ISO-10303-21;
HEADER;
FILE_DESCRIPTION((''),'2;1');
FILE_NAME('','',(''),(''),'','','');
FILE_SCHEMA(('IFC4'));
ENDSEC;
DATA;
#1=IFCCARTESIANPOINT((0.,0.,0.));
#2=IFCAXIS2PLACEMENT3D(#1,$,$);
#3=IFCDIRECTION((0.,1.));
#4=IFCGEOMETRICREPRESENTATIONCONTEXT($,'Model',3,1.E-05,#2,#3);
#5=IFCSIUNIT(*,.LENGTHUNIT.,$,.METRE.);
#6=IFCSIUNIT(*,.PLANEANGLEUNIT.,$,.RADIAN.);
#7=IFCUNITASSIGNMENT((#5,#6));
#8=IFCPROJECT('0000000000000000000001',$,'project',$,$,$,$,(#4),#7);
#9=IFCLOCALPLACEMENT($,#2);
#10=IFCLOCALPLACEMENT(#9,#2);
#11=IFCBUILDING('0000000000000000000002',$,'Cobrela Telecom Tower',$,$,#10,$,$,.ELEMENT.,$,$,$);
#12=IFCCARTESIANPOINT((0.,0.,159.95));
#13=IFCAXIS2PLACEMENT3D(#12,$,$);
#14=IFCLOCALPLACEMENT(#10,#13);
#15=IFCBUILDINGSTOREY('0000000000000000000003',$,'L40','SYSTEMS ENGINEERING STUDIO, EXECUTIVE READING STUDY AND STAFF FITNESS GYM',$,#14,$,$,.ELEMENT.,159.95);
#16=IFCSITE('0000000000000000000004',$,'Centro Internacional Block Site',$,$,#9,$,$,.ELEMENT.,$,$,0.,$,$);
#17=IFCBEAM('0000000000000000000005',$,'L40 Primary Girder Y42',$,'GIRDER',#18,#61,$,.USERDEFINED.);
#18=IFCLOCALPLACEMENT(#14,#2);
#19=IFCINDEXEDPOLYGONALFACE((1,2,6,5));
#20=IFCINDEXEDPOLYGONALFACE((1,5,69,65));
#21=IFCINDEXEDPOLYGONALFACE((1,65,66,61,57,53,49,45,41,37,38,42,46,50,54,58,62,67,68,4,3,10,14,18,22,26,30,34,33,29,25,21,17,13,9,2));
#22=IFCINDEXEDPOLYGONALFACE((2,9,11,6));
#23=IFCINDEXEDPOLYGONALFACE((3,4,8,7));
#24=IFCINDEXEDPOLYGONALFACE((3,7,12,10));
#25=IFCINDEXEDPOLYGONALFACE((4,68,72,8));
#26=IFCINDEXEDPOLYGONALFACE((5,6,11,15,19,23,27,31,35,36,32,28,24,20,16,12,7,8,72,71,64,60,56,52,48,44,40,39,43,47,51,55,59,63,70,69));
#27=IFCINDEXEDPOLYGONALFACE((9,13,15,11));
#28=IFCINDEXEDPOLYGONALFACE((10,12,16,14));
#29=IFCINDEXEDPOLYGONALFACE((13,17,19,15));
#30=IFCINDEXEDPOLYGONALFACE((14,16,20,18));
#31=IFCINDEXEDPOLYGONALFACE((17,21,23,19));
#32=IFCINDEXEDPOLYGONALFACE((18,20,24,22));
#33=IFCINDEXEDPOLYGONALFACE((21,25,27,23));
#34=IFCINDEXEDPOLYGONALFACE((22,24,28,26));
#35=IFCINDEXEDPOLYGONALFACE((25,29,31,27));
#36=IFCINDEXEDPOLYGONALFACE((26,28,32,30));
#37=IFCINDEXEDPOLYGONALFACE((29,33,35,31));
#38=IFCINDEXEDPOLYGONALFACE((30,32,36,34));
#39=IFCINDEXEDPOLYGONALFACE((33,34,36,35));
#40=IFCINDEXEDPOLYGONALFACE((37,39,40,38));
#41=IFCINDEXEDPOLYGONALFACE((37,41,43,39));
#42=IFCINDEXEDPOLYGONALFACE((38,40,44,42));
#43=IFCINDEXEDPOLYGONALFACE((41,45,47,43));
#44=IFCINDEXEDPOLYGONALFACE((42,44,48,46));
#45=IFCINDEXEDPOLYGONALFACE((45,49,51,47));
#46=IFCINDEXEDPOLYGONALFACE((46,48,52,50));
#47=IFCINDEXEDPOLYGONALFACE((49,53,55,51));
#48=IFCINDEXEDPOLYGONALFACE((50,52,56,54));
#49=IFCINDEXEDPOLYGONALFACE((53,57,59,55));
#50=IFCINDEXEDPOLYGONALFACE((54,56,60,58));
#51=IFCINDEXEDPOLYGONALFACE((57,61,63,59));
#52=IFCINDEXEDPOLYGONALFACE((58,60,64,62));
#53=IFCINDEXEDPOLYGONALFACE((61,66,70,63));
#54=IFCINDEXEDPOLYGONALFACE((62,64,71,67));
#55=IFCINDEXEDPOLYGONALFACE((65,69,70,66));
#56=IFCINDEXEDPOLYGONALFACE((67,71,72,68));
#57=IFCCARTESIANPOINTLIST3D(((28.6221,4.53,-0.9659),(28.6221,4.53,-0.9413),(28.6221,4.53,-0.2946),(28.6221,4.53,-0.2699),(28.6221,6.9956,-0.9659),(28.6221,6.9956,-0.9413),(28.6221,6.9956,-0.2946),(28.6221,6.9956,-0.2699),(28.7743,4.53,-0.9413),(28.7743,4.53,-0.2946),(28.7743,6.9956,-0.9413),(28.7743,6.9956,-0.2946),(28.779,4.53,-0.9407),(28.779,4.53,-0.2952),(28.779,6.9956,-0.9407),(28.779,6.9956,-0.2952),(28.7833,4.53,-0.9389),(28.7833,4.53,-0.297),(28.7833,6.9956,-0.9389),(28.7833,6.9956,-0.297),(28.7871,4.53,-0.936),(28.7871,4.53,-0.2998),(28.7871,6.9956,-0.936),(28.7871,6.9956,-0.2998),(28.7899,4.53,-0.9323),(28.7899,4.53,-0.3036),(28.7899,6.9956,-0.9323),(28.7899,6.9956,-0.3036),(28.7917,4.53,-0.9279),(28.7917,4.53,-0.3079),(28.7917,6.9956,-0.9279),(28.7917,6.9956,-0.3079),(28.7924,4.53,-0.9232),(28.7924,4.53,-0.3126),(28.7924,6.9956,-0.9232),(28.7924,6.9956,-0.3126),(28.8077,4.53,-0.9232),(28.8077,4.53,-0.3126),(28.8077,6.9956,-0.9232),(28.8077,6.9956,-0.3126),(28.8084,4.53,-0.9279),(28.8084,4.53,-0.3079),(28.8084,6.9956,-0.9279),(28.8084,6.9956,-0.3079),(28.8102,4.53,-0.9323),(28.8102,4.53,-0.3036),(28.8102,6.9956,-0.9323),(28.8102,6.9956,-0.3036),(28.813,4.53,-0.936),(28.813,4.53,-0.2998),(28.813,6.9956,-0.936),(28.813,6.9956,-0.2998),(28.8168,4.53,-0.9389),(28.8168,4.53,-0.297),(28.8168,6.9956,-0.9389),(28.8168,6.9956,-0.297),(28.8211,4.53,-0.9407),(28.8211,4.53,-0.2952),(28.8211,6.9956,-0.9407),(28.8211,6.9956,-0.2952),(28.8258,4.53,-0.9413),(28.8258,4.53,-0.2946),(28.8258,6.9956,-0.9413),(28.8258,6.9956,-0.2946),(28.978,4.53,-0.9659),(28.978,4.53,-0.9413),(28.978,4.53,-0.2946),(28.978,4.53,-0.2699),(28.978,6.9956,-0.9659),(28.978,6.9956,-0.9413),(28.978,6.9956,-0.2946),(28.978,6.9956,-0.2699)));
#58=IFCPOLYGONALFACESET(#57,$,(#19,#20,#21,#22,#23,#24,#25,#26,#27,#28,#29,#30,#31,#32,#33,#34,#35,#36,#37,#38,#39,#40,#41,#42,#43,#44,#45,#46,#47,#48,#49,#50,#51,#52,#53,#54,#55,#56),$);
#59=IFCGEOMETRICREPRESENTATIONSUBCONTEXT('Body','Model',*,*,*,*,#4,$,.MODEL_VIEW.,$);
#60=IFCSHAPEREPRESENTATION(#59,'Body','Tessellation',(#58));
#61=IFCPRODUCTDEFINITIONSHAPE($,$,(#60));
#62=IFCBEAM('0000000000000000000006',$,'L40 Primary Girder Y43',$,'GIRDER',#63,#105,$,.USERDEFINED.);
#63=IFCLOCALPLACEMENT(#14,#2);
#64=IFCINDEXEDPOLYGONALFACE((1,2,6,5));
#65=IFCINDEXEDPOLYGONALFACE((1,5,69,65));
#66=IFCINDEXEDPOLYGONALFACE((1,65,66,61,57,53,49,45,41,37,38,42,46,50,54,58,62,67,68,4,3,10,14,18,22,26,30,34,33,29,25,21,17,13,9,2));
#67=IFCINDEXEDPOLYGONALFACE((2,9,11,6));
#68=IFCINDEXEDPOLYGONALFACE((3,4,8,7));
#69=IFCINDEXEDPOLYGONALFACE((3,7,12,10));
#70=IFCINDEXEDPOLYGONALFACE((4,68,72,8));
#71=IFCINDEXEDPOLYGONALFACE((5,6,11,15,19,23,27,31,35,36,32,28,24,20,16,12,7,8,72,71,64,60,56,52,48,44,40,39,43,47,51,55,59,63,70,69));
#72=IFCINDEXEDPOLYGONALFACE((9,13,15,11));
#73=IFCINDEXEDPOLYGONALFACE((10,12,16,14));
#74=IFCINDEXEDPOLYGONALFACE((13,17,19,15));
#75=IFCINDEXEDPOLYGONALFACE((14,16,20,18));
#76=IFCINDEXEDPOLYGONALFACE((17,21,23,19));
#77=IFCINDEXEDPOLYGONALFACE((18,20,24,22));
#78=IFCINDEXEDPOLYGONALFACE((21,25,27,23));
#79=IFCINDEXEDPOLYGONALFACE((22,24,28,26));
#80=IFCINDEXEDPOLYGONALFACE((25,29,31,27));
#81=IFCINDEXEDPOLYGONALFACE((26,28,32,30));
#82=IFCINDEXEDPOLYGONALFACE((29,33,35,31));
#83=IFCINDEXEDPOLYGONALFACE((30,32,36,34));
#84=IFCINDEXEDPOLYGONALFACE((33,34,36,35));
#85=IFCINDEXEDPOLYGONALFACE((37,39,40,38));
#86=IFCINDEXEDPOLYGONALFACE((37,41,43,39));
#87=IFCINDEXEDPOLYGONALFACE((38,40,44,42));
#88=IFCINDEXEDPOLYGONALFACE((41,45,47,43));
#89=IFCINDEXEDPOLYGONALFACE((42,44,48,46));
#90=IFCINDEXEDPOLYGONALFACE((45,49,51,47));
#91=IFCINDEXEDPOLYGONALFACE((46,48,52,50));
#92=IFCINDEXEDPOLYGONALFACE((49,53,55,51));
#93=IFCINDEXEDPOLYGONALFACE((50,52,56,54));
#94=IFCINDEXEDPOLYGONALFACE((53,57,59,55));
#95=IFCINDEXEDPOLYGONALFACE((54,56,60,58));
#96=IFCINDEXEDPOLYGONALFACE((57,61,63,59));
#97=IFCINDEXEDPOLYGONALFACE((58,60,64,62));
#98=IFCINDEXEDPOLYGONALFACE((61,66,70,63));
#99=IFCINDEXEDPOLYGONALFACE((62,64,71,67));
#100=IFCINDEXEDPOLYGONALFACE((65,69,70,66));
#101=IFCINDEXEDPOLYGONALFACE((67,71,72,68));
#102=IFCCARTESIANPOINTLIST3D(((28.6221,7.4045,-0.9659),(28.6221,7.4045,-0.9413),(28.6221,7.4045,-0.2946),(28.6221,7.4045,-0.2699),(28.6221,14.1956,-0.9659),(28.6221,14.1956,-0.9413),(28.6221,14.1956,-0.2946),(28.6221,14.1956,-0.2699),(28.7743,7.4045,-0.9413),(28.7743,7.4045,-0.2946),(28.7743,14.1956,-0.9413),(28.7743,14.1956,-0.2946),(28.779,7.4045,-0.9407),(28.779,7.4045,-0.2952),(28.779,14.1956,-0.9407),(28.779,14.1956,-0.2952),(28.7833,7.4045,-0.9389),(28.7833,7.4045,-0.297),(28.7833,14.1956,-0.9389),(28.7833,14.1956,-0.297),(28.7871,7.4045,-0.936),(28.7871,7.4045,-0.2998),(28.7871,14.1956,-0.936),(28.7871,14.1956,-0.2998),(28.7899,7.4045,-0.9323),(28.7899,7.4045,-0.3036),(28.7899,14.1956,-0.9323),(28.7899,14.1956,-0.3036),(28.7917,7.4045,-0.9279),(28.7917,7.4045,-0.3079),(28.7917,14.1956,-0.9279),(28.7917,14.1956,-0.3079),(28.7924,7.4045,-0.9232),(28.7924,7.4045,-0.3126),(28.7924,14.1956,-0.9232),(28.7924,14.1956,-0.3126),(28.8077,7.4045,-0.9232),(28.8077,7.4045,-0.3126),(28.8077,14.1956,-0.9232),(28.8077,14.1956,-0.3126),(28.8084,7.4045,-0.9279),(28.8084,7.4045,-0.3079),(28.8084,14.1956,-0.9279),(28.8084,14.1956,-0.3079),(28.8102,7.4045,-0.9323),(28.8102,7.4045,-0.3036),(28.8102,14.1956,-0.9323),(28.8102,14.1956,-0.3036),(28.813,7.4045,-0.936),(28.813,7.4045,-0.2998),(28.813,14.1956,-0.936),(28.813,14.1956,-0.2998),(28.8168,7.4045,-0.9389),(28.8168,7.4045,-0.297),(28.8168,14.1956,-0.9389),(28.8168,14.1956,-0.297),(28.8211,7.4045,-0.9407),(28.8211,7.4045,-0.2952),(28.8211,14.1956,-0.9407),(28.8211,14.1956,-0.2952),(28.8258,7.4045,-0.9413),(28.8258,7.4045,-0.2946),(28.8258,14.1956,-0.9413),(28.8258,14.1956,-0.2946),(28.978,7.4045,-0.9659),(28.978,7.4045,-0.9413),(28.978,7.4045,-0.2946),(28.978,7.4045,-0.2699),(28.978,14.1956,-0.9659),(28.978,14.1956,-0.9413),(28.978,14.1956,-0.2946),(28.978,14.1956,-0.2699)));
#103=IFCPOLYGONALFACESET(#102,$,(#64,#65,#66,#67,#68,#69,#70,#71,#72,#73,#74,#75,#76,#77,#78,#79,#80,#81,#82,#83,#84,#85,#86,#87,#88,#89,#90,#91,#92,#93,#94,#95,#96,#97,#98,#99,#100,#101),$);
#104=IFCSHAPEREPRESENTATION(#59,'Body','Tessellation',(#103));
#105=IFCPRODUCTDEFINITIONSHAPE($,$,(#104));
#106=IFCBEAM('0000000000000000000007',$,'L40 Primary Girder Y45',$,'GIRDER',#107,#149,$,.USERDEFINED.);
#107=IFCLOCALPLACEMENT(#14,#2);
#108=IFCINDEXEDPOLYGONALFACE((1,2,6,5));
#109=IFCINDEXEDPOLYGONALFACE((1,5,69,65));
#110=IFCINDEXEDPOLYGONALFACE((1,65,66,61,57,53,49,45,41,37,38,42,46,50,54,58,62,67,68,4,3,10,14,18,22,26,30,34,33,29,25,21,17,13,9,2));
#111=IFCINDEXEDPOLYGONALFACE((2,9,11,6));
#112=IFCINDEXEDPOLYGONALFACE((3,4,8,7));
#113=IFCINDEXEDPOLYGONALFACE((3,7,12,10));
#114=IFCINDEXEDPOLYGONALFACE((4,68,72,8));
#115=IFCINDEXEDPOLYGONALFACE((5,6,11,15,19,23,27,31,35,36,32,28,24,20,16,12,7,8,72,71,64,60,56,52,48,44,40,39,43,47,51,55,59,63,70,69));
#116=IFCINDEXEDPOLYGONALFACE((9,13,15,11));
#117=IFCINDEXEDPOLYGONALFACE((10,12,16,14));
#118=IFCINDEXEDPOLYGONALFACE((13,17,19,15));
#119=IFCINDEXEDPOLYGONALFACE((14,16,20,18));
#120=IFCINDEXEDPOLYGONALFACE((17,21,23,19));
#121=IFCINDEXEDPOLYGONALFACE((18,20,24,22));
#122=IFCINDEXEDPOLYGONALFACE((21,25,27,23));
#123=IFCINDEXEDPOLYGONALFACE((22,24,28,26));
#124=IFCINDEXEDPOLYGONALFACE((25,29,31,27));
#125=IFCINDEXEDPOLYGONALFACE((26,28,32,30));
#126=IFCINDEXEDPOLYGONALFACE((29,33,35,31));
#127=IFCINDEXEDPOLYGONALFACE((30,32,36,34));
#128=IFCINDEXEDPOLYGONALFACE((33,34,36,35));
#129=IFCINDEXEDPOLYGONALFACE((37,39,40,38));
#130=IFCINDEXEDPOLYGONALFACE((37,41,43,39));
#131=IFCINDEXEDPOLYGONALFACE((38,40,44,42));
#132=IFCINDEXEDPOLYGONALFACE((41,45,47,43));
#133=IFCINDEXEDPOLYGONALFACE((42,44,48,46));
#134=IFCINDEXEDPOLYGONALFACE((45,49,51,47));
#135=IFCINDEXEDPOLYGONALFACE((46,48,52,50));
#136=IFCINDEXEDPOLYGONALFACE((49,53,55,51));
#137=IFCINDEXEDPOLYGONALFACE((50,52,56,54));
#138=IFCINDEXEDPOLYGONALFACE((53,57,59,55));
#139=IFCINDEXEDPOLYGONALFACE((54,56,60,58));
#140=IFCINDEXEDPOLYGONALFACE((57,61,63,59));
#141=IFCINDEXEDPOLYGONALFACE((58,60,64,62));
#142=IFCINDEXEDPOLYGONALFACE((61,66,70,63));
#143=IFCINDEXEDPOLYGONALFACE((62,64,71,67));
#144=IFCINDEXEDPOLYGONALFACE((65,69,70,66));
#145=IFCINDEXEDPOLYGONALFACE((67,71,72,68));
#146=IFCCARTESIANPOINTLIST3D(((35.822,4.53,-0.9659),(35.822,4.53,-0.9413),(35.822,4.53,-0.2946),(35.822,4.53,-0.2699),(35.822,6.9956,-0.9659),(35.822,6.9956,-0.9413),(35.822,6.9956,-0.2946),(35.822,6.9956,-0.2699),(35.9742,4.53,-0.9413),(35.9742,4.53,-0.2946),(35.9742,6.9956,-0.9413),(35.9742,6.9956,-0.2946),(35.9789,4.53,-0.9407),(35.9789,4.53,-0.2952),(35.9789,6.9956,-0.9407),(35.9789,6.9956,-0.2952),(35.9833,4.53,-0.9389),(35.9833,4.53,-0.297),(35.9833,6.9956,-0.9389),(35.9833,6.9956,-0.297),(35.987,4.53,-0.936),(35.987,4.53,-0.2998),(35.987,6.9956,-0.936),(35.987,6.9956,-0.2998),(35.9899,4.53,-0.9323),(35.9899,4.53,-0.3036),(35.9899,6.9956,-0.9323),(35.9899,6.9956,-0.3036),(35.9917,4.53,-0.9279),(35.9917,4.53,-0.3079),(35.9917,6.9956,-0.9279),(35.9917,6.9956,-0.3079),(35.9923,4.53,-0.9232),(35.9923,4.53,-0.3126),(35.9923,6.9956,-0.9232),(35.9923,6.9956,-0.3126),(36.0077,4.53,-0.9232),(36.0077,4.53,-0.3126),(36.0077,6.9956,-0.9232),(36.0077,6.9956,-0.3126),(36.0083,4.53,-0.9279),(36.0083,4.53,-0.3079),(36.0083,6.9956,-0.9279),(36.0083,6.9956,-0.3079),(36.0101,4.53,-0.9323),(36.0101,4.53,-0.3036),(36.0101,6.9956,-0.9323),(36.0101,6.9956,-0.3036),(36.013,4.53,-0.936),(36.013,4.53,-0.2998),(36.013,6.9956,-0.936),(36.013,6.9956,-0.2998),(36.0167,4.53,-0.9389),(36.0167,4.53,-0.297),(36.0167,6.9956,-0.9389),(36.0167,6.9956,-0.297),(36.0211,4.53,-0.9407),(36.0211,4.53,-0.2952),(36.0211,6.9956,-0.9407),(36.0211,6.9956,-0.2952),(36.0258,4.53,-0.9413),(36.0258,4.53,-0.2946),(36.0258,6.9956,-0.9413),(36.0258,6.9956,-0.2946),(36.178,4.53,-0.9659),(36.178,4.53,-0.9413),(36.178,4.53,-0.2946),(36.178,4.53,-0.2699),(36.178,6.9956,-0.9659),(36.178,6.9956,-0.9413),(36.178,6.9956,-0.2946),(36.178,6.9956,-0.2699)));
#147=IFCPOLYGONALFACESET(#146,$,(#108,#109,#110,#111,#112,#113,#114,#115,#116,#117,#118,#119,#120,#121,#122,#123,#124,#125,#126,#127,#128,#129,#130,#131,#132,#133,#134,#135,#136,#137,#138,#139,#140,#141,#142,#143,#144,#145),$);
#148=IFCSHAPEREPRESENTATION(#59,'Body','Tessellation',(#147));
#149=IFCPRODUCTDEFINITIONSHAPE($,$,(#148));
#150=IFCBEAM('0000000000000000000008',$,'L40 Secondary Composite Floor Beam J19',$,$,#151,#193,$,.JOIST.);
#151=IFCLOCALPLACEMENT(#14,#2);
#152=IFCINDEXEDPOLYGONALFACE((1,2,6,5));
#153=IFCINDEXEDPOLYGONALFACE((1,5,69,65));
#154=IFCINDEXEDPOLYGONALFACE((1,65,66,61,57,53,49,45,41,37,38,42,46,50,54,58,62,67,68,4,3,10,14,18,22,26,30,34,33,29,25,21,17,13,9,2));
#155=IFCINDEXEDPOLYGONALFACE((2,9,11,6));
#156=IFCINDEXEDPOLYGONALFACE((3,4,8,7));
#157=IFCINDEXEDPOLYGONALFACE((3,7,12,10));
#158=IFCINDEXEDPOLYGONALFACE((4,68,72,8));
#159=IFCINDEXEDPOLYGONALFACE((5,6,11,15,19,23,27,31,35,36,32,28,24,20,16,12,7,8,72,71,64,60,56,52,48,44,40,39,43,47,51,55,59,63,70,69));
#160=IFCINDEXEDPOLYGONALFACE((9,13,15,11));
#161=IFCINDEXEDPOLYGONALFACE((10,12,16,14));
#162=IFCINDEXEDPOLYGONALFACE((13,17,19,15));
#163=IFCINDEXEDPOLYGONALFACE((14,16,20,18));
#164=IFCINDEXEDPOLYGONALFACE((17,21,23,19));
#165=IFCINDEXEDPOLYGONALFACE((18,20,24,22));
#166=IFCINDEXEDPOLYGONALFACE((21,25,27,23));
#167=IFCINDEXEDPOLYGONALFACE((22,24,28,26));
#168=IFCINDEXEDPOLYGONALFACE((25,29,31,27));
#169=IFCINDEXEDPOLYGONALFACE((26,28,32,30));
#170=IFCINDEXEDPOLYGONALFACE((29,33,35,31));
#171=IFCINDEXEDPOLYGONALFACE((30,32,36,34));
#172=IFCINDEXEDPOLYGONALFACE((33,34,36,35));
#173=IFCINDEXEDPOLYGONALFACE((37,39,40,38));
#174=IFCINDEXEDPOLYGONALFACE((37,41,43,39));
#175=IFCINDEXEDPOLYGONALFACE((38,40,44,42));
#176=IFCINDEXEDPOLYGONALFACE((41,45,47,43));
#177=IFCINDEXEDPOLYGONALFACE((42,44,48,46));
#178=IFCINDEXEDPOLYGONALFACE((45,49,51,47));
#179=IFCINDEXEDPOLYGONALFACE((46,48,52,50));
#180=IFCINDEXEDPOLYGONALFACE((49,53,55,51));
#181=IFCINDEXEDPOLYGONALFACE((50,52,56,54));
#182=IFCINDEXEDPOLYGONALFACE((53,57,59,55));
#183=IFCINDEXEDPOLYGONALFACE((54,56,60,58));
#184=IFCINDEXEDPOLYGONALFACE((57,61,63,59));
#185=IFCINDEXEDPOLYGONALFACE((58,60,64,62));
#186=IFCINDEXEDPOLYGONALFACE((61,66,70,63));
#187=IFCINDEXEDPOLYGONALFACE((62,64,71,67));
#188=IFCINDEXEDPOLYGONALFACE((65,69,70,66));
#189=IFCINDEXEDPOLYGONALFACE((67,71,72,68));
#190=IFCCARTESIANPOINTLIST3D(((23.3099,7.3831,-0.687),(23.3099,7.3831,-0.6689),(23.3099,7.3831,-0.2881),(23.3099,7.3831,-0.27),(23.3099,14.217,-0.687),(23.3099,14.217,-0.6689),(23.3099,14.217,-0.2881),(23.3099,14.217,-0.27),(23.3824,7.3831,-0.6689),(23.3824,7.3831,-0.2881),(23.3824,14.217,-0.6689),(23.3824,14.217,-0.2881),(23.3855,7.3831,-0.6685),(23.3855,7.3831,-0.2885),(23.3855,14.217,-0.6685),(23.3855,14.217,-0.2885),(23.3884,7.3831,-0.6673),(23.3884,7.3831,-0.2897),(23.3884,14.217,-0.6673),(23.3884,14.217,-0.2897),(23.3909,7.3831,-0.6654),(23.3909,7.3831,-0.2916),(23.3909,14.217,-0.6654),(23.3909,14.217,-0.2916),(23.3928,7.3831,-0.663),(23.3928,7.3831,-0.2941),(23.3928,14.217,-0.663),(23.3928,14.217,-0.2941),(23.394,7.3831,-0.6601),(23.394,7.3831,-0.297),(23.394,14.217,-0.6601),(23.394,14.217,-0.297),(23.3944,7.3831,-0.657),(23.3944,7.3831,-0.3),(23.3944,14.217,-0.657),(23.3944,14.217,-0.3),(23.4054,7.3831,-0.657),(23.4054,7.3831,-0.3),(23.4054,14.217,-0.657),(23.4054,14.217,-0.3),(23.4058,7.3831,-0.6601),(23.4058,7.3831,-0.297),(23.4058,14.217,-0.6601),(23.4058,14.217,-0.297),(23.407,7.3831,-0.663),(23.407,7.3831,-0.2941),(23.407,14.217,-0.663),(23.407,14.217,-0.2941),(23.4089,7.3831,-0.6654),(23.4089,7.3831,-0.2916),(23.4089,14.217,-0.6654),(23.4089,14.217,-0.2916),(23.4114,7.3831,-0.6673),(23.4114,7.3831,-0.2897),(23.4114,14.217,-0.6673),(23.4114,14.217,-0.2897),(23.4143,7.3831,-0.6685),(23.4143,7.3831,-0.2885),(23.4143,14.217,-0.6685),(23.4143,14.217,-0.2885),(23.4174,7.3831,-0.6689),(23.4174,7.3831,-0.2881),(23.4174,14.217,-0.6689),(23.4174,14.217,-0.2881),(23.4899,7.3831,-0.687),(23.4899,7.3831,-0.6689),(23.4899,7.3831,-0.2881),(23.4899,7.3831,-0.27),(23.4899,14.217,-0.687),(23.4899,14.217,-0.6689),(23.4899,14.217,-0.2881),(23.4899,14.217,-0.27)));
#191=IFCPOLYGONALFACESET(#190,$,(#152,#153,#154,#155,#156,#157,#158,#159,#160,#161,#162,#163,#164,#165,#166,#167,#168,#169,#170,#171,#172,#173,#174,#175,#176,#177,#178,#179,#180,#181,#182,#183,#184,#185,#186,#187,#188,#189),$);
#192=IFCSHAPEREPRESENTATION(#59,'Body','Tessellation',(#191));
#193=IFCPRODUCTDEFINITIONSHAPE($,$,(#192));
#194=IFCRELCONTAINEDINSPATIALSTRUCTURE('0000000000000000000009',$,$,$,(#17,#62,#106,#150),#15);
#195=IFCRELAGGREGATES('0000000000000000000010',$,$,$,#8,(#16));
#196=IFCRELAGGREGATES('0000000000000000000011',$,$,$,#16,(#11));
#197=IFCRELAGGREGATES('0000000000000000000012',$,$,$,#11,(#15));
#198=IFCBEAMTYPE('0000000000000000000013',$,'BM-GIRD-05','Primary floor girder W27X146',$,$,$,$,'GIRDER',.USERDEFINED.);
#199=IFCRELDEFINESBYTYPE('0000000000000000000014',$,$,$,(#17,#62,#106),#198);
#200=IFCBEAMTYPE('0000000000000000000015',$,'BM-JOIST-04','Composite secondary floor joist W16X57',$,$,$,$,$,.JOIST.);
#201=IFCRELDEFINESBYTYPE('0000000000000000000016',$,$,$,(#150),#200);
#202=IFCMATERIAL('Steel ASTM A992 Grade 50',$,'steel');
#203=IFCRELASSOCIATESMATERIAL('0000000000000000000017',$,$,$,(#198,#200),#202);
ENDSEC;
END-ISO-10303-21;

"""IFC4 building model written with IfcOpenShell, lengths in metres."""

from ifc_helpers import new_model, si_unit, direction, frame, origin, origin_2d, place, context, subcontext, project, spatial, i_section, extrude, material, material_profile, profile_set, type_object, element, save


model = new_model("IFC4")

# Units and contexts
model_context = context("Model", 3, precision=1e-05, world=origin(), true_north=direction((0.0, 1.0)))
body_context = subcontext(model_context, "Body", "Model", "MODEL_VIEW")
ifc_project = project(units=[si_unit("LENGTHUNIT", "METRE"), si_unit("PLANEANGLEUNIT", "RADIAN")], contexts=[model_context])

# Site, building, storey
site_placement = place(None, origin())
site = spatial("IfcSite", under=ifc_project, at=site_placement, Name="Centro Internacional Block Site", CompositionType="ELEMENT", RefElevation=0.0)
building_placement = place(site_placement, origin())
building = spatial("IfcBuilding", under=site, at=building_placement, Name="Cobrela Telecom Tower", CompositionType="ELEMENT")
storey_placement = place(building_placement, frame((0.0, 0.0, 159.95)))
storey = spatial("IfcBuildingStorey", under=building, at=storey_placement, Name="L40", Description="SYSTEMS ENGINEERING STUDIO, EXECUTIVE READING STUDY AND STAFF FITNESS GYM", CompositionType="ELEMENT", Elevation=159.95)

# Shared definitions
ifc_material_1 = material(Name="Steel ASTM A992 Grade 50", Category="steel")

# Beams
ifc_material_profile_1 = material_profile(ifc_material_1, i_section(OverallWidth=0.356, OverallDepth=0.696, WebThickness=0.0154, FlangeThickness=0.0247, FilletRadius=0.0181, at=origin_2d()), Name="W27X146")
ifc_profile_set_1 = profile_set([ifc_material_profile_1], Name="Steel ASTM A992 Grade 50")
beam_type_1 = type_object("IfcBeamType", Name="BM-GIRD-05", Description="Primary floor girder W27X146", ElementType="GIRDER", PredefinedType="USERDEFINED", material=ifc_profile_set_1)
beam_1_placement = place(storey_placement, frame((28.8, 4.53, -0.6179), z_axis=(0.0, 1.0, 0.0), x_axis=(-1.0, 0.0, 0.0)))
element("IfcBeam", 1, at=beam_1_placement, inside=storey, type_object=beam_type_1, Name="L40 Primary Girder Y42", ObjectType="GIRDER", PredefinedType="USERDEFINED", context=body_context, shape_type="SweptSolid", body=[
    extrude(i_section(OverallWidth=0.356, OverallDepth=0.696, WebThickness=0.0154, FlangeThickness=0.0247, FilletRadius=0.0181, at=origin_2d()), origin(), (0.0, 0.0, 1.0), 2.4656),
])
beam_2_placement = place(storey_placement, frame((28.8, 7.4045, -0.6179), z_axis=(0.0, 1.0, 0.0), x_axis=(-1.0, 0.0, 0.0)))
element("IfcBeam", 2, at=beam_2_placement, inside=storey, type_object=beam_type_1, Name="L40 Primary Girder Y43", ObjectType="GIRDER", PredefinedType="USERDEFINED", context=body_context, shape_type="SweptSolid", body=[
    extrude(i_section(OverallWidth=0.356, OverallDepth=0.696, WebThickness=0.0154, FlangeThickness=0.0247, FilletRadius=0.0181, at=origin_2d()), origin(), (0.0, 0.0, 1.0), 6.791),
])
beam_3_placement = place(storey_placement, frame((36.0, 4.53, -0.6179), z_axis=(0.0, 1.0, 0.0), x_axis=(-1.0, 0.0, 0.0)))
element("IfcBeam", 3, at=beam_3_placement, inside=storey, type_object=beam_type_1, Name="L40 Primary Girder Y45", ObjectType="GIRDER", PredefinedType="USERDEFINED", context=body_context, shape_type="SweptSolid", body=[
    extrude(i_section(OverallWidth=0.356, OverallDepth=0.696, WebThickness=0.0154, FlangeThickness=0.0247, FilletRadius=0.0181, at=origin_2d()), origin(), (0.0, 0.0, 1.0), 2.4656),
])
ifc_material_profile_2 = material_profile(ifc_material_1, i_section(OverallWidth=0.1799, OverallDepth=0.417, WebThickness=0.011, FlangeThickness=0.0181, FilletRadius=0.012, at=origin_2d()), Name="W16X57")
ifc_profile_set_2 = profile_set([ifc_material_profile_2], Name="Steel ASTM A992 Grade 50")
beam_type_2 = type_object("IfcBeamType", Name="BM-JOIST-04", Description="Composite secondary floor joist W16X57", PredefinedType="JOIST", material=ifc_profile_set_2)
for number, where, z_axis, x_axis, name in (
    (4, (23.3999, 7.3831, -0.4785), (0.0, 1.0, 0.0), (-1.0, 0.0, 0.0), "L40 Secondary Composite Floor Beam J19"),
):
    element("IfcBeam", number, at=place(storey_placement, frame(where, z_axis=z_axis, x_axis=x_axis)), inside=storey, type_object=beam_type_2, Name=name, PredefinedType="JOIST", context=body_context, shape_type="SweptSolid", body=[
        extrude(i_section(OverallWidth=0.1799, OverallDepth=0.417, WebThickness=0.011, FlangeThickness=0.0181, FilletRadius=0.012, at=origin_2d()), origin(), (0.0, 0.0, 1.0), 6.834),
    ])

save(model, "model.ifc")
